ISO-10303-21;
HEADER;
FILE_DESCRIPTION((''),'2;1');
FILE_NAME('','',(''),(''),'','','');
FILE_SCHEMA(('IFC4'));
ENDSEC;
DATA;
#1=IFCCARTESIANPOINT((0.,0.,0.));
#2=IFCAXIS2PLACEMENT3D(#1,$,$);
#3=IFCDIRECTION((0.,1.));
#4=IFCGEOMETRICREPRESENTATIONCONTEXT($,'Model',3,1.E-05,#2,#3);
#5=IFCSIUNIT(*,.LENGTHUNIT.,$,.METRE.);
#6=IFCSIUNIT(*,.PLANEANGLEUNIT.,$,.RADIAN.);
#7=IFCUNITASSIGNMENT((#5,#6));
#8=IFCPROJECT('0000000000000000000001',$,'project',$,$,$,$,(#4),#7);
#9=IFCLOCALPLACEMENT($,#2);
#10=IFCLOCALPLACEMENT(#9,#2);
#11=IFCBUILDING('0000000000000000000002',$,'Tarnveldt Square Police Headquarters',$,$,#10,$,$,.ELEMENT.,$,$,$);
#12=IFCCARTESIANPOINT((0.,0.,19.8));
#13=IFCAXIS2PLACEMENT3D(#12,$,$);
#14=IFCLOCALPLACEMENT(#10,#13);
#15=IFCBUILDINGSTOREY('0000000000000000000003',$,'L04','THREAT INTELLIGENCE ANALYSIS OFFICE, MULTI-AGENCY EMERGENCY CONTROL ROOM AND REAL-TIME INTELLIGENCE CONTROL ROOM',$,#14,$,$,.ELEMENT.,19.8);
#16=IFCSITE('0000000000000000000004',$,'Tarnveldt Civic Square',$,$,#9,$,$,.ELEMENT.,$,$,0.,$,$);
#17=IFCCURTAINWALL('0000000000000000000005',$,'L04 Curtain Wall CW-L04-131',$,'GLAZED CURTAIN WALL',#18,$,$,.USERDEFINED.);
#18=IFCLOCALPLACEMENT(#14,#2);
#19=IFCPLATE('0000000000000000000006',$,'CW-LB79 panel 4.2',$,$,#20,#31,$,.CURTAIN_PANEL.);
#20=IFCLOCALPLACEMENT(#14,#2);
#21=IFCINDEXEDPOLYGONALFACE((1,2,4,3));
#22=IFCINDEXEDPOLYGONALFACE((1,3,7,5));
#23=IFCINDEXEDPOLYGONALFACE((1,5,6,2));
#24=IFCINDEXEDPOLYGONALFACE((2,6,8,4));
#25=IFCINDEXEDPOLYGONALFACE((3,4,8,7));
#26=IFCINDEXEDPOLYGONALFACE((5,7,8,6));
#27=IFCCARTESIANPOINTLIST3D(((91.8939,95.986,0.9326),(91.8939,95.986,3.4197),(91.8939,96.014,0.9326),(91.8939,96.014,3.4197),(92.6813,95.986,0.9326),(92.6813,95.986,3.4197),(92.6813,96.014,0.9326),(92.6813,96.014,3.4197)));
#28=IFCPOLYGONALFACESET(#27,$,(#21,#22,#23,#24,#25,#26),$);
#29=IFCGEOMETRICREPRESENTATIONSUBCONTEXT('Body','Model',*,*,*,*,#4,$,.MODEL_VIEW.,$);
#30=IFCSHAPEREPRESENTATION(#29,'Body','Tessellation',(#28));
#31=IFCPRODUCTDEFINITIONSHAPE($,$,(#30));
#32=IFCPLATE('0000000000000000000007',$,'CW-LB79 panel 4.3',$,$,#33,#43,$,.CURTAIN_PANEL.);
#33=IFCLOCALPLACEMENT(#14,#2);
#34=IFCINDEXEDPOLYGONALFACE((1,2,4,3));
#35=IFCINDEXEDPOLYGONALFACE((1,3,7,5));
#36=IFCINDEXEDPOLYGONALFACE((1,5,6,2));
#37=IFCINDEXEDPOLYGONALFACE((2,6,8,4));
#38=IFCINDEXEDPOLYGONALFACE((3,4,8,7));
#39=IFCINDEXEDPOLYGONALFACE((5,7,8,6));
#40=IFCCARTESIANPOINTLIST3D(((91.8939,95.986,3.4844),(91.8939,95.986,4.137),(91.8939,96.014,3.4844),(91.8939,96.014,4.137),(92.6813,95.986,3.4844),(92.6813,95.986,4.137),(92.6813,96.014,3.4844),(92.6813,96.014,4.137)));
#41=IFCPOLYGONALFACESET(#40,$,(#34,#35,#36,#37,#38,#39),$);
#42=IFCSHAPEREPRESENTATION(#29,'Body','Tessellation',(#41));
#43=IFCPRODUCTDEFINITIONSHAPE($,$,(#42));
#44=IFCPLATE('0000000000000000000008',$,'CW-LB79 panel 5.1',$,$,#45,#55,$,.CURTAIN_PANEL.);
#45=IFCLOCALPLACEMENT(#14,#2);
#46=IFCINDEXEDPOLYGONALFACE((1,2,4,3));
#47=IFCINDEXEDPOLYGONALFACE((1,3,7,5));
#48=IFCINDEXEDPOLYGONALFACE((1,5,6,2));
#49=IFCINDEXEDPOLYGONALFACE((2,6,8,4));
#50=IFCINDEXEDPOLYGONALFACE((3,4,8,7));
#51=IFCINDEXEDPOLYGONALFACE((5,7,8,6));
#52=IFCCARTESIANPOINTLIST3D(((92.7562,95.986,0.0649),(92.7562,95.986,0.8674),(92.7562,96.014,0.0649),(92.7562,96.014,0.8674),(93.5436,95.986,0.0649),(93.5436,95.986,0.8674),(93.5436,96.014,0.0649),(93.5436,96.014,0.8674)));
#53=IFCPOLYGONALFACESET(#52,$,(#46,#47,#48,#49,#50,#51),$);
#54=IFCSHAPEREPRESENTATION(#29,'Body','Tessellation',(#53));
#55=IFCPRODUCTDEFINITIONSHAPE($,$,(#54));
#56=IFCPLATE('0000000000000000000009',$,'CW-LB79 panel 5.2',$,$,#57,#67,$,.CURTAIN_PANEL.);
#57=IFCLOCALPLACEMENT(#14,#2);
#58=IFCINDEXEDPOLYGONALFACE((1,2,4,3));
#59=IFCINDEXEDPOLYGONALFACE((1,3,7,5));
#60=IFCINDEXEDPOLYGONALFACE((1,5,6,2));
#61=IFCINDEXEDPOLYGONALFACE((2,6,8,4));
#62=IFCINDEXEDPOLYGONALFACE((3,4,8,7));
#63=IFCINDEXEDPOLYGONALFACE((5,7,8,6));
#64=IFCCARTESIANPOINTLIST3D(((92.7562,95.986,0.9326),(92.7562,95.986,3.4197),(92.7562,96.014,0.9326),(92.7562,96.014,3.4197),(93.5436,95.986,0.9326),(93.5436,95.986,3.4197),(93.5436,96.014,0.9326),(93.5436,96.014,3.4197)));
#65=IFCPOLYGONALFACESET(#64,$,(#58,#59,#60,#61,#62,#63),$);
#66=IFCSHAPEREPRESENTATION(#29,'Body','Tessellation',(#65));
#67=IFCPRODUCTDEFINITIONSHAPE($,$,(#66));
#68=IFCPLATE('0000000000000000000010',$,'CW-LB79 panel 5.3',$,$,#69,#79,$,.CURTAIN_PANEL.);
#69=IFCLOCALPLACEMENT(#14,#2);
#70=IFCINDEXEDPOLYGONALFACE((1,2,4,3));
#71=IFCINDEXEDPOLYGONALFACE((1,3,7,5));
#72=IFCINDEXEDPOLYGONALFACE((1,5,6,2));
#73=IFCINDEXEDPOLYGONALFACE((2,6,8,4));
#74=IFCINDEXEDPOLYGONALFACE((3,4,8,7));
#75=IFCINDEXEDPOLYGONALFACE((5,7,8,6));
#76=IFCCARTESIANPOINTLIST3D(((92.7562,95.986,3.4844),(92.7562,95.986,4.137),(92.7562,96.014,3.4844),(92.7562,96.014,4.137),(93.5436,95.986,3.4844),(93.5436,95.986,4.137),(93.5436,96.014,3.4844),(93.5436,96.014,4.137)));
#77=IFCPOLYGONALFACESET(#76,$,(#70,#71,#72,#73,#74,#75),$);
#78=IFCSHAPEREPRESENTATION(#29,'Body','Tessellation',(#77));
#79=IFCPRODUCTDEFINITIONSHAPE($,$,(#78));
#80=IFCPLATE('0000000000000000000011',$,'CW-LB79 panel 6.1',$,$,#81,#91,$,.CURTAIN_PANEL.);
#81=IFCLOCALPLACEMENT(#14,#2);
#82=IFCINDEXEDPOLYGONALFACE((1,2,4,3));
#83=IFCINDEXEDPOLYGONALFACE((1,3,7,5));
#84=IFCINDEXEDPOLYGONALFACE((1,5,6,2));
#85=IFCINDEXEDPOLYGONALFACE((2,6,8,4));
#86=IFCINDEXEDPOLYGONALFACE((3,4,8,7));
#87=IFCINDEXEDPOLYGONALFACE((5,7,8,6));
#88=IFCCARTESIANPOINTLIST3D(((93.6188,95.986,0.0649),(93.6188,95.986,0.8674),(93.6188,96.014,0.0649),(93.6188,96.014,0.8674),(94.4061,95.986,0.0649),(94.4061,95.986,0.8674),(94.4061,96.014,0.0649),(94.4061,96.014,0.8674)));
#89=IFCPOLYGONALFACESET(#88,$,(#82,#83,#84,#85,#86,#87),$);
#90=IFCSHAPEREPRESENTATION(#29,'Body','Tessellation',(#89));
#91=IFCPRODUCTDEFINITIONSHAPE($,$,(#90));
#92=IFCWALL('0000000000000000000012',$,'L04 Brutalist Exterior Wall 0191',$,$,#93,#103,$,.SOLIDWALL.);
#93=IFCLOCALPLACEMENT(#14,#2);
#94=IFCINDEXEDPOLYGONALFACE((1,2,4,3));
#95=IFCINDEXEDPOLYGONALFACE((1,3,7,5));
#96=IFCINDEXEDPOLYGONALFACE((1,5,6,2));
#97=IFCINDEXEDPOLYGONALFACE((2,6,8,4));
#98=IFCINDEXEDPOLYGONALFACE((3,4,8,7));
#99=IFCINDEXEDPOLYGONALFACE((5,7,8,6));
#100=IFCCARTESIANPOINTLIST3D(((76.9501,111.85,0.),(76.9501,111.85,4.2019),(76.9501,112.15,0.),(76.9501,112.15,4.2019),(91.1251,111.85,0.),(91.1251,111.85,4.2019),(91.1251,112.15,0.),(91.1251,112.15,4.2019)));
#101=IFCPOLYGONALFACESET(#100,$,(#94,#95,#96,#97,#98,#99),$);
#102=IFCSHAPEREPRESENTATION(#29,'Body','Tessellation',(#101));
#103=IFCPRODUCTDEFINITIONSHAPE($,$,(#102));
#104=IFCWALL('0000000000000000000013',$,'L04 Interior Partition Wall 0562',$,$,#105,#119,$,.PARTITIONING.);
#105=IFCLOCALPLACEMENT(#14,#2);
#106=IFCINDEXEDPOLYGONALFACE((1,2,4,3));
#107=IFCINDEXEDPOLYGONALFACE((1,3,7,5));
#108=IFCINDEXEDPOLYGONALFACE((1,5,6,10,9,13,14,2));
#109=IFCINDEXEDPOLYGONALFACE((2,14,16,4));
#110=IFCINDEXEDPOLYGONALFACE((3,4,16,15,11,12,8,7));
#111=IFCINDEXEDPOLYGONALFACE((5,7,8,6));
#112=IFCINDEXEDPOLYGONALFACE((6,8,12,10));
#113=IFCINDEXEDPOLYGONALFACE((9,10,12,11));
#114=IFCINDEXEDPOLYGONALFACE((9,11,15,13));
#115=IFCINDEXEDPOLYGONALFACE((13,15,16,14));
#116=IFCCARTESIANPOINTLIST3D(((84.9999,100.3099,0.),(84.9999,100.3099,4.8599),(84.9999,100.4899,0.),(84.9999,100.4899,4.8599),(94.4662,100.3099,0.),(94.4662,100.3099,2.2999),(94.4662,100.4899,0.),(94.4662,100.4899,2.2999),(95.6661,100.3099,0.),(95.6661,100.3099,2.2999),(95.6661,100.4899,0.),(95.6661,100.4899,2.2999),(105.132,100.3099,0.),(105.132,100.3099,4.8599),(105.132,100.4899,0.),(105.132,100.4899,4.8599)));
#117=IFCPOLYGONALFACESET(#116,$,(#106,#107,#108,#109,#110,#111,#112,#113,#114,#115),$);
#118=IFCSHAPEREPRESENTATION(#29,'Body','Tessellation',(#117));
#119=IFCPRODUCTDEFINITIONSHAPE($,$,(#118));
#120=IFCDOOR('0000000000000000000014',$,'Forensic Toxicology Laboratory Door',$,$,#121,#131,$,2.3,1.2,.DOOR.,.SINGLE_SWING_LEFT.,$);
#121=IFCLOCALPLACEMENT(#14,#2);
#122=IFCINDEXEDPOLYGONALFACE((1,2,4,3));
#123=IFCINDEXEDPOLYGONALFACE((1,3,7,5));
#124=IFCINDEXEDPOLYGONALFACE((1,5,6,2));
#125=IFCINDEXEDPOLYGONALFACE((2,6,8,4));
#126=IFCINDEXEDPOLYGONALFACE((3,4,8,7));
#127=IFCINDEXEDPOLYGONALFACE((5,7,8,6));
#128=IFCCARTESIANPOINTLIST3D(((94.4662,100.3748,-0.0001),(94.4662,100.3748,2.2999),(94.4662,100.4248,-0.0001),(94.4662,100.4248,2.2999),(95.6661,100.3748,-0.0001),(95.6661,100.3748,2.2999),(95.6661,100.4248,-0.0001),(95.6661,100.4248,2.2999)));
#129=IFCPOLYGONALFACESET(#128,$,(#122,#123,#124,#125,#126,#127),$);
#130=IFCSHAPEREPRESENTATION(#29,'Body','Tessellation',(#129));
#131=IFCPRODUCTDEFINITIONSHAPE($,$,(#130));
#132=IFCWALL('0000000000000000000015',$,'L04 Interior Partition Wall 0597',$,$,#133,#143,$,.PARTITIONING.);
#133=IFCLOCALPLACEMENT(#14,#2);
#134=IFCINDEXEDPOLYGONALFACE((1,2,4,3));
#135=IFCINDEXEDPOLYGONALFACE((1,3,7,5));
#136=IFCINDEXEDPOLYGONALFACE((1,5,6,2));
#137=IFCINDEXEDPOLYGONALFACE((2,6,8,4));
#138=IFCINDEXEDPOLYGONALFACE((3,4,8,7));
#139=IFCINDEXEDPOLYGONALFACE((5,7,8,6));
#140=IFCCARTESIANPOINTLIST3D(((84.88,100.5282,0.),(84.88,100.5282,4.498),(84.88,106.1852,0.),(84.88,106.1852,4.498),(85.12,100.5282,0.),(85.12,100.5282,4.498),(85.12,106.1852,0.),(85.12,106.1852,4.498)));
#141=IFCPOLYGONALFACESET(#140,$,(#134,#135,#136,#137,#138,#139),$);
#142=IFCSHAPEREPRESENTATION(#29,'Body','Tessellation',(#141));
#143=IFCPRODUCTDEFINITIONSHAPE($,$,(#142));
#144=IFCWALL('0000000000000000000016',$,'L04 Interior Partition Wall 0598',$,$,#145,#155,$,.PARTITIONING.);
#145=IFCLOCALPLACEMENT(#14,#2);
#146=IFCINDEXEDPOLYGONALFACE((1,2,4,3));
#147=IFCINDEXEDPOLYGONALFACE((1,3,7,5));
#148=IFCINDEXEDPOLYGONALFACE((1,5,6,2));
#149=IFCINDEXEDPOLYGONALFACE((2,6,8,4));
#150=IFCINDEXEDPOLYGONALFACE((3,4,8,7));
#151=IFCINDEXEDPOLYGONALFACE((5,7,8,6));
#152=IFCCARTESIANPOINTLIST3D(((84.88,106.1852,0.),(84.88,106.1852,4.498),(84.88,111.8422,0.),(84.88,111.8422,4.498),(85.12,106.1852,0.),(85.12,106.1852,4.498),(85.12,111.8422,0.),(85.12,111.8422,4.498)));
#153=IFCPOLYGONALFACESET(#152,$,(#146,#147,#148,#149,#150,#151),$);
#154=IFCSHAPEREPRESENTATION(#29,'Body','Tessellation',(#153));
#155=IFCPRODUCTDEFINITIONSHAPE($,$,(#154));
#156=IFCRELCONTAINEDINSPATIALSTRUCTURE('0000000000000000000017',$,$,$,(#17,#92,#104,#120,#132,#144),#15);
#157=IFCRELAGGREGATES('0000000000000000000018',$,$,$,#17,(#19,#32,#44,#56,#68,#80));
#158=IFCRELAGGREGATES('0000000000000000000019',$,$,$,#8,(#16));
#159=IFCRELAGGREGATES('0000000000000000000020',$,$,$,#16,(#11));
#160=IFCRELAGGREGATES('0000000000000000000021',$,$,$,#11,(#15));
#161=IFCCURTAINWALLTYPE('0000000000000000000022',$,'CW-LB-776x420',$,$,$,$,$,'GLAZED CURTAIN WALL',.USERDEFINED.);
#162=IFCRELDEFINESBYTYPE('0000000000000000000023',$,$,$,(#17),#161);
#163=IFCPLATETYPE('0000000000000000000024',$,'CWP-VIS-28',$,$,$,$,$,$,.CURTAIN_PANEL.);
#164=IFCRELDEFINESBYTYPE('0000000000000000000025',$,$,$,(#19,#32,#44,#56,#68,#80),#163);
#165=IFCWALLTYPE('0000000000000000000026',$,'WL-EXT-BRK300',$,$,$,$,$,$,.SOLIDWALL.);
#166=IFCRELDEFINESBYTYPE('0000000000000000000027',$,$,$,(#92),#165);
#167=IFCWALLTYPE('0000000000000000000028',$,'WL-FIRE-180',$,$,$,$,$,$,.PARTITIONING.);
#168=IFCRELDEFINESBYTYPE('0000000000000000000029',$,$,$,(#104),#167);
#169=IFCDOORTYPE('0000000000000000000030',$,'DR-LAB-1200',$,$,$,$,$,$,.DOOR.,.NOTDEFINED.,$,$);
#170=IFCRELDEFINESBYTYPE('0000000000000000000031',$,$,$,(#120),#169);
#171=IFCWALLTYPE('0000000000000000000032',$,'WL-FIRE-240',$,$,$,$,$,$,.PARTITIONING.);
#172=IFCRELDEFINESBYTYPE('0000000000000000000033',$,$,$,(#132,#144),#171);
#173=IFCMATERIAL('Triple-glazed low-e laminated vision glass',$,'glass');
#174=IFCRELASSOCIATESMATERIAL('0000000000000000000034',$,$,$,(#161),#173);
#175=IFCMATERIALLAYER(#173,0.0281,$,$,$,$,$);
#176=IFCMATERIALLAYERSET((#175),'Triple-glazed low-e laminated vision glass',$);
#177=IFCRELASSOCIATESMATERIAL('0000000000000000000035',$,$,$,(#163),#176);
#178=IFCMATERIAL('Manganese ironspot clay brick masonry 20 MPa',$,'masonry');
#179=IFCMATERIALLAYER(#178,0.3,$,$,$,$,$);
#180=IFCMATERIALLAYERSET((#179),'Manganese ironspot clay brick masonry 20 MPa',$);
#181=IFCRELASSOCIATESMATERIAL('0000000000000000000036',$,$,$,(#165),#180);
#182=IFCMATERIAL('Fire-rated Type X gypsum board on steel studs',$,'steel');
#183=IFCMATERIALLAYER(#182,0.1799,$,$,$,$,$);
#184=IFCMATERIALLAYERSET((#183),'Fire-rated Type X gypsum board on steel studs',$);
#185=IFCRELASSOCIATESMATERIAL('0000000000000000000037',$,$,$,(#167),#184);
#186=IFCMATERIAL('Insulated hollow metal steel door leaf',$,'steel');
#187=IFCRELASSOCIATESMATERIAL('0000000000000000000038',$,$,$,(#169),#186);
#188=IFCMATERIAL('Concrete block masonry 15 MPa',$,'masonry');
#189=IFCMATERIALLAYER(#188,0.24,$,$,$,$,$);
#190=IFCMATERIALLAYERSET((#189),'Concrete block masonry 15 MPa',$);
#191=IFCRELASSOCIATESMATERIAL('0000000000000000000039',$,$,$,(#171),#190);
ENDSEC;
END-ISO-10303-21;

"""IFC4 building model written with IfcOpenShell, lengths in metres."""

from ifc_helpers import new_model, si_unit, direction, frame, frame_2d, origin, origin_2d, place, context, subcontext, project, spatial, rectangle, extrude, material, layer, layer_set, type_object, element, fill, aggregate, save


model = new_model("IFC4")

# Units and contexts
model_context = context("Model", 3, precision=1e-05, world=origin(), true_north=direction((0.0, 1.0)))
body_context = subcontext(model_context, "Body", "Model", "MODEL_VIEW")
ifc_project = project(units=[si_unit("LENGTHUNIT", "METRE"), si_unit("PLANEANGLEUNIT", "RADIAN")], contexts=[model_context])

# Site, building, storey
site_placement = place(None, origin())
site = spatial("IfcSite", under=ifc_project, at=site_placement, Name="Tarnveldt Civic Square", CompositionType="ELEMENT", RefElevation=0.0)
building_placement = place(site_placement, origin())
building = spatial("IfcBuilding", under=site, at=building_placement, Name="Tarnveldt Square Police Headquarters", CompositionType="ELEMENT")
storey_placement = place(building_placement, frame((0.0, 0.0, 19.8)))
storey = spatial("IfcBuildingStorey", under=building, at=storey_placement, Name="L04", Description="THREAT INTELLIGENCE ANALYSIS OFFICE, MULTI-AGENCY EMERGENCY CONTROL ROOM AND REAL-TIME INTELLIGENCE CONTROL ROOM", CompositionType="ELEMENT", Elevation=19.8)

# Curtain wall, plates
ifc_material_1 = material(Name="Triple-glazed low-e laminated vision glass", Category="glass")
curtain_wall_type = type_object("IfcCurtainWallType", Name="CW-LB-776x420", ElementType="GLAZED CURTAIN WALL", PredefinedType="USERDEFINED", material=ifc_material_1)
curtain_wall_placement = place(storey_placement, origin())
curtain_wall = element("IfcCurtainWall", 1, at=curtain_wall_placement, inside=storey, type_object=curtain_wall_type, Name="L04 Curtain Wall CW-L04-131", ObjectType="GLAZED CURTAIN WALL", PredefinedType="USERDEFINED")
ifc_layer_1 = layer(ifc_material_1, 0.0281)
ifc_layer_set_1 = layer_set([ifc_layer_1], Name="Triple-glazed low-e laminated vision glass")
plate_type = type_object("IfcPlateType", Name="CWP-VIS-28", PredefinedType="CURTAIN_PANEL", material=ifc_layer_set_1)
plate_1_placement = place(storey_placement, frame((92.2876, 96.0, 0.9326), z_axis=(0.0, 0.0, 1.0), x_axis=(1.0, 0.0, 0.0)))
plate_1 = element("IfcPlate", 2, at=plate_1_placement, type_object=plate_type, Name="CW-LB79 panel 4.2", PredefinedType="CURTAIN_PANEL", context=body_context, shape_type="SweptSolid", body=[
    extrude(rectangle(XDim=0.7874, YDim=0.0281, at=origin_2d()), origin(), (0.0, 0.0, 1.0), 2.4871),
])
plate_2_placement = place(storey_placement, frame((92.2876, 96.0, 3.4844), z_axis=(0.0, 0.0, 1.0), x_axis=(1.0, 0.0, 0.0)))
plate_2 = element("IfcPlate", 3, at=plate_2_placement, type_object=plate_type, Name="CW-LB79 panel 4.3", PredefinedType="CURTAIN_PANEL", context=body_context, shape_type="SweptSolid", body=[
    extrude(rectangle(XDim=0.7874, YDim=0.0281, at=origin_2d()), origin(), (0.0, 0.0, 1.0), 0.6526),
])
plate_3_placement = place(storey_placement, frame((93.1499, 96.0, 0.0649), z_axis=(0.0, 0.0, 1.0), x_axis=(1.0, 0.0, 0.0)))
plate_3 = element("IfcPlate", 4, at=plate_3_placement, type_object=plate_type, Name="CW-LB79 panel 5.1", PredefinedType="CURTAIN_PANEL", context=body_context, shape_type="SweptSolid", body=[
    extrude(rectangle(XDim=0.7874, YDim=0.0281, at=origin_2d()), origin(), (0.0, 0.0, 1.0), 0.8025),
])
plate_4_placement = place(storey_placement, frame((93.1499, 96.0, 0.9326), z_axis=(0.0, 0.0, 1.0), x_axis=(1.0, 0.0, 0.0)))
plate_4 = element("IfcPlate", 5, at=plate_4_placement, type_object=plate_type, Name="CW-LB79 panel 5.2", PredefinedType="CURTAIN_PANEL", context=body_context, shape_type="SweptSolid", body=[
    extrude(rectangle(XDim=0.7874, YDim=0.0281, at=origin_2d()), origin(), (0.0, 0.0, 1.0), 2.4871),
])
plate_5_placement = place(storey_placement, frame((93.1499, 96.0, 3.4844), z_axis=(0.0, 0.0, 1.0), x_axis=(1.0, 0.0, 0.0)))
plate_5 = element("IfcPlate", 6, at=plate_5_placement, type_object=plate_type, Name="CW-LB79 panel 5.3", PredefinedType="CURTAIN_PANEL", context=body_context, shape_type="SweptSolid", body=[
    extrude(rectangle(XDim=0.7874, YDim=0.0281, at=origin_2d()), origin(), (0.0, 0.0, 1.0), 0.6526),
])
plate_6_placement = place(storey_placement, frame((94.0125, 96.0, 0.0649), z_axis=(0.0, 0.0, 1.0), x_axis=(1.0, 0.0, 0.0)))
plate_6 = element("IfcPlate", 7, at=plate_6_placement, type_object=plate_type, Name="CW-LB79 panel 6.1", PredefinedType="CURTAIN_PANEL", context=body_context, shape_type="SweptSolid", body=[
    extrude(rectangle(XDim=0.7874, YDim=0.0281, at=origin_2d()), origin(), (0.0, 0.0, 1.0), 0.8025),
])
aggregate(curtain_wall, [plate_1, plate_2, plate_3, plate_4, plate_5, plate_6])

# Wall
ifc_material_2 = material(Name="Manganese ironspot clay brick masonry 20 MPa", Category="masonry")
ifc_layer_2 = layer(ifc_material_2, 0.3)
ifc_layer_set_2 = layer_set([ifc_layer_2], Name="Manganese ironspot clay brick masonry 20 MPa")
wall_type_1 = type_object("IfcWallType", Name="WL-EXT-BRK300", PredefinedType="SOLIDWALL", material=ifc_layer_set_2)
wall_1_placement = place(storey_placement, frame((91.125, 112.0, 0.0), z_axis=(0.0, 0.0, 1.0), x_axis=(-1.0, 0.0, 0.0)))
element("IfcWall", 8, at=wall_1_placement, inside=storey, type_object=wall_type_1, Name="L04 Brutalist Exterior Wall 0191", PredefinedType="SOLIDWALL", context=body_context, shape_type="SweptSolid", body=[
    extrude(rectangle(XDim=14.175, YDim=0.3, at=frame_2d((7.0874, 0.0))), origin(), (0.0, 0.0, 1.0), 4.2019),
])

# Wall, opening, door
ifc_material_3 = material(Name="Fire-rated Type X gypsum board on steel studs", Category="steel")
ifc_layer_3 = layer(ifc_material_3, 0.1799)
ifc_layer_set_3 = layer_set([ifc_layer_3], Name="Fire-rated Type X gypsum board on steel studs")
wall_type_2 = type_object("IfcWallType", Name="WL-FIRE-180", PredefinedType="PARTITIONING", material=ifc_layer_set_3)
wall_2_placement = place(storey_placement, frame((85.0, 100.3999, 0.0), z_axis=(0.0, 0.0, 1.0), x_axis=(1.0, 0.0, 0.0)))
wall_2 = element("IfcWall", 9, at=wall_2_placement, inside=storey, type_object=wall_type_2, Name="L04 Interior Partition Wall 0562", PredefinedType="PARTITIONING", context=body_context, shape_type="SweptSolid", body=[
    extrude(rectangle(XDim=20.1321, YDim=0.1799, at=frame_2d((10.0659, 0.0))), origin(), (0.0, 0.0, 1.0), 4.8599),
])
opening_placement = place(wall_2_placement, frame((9.4661, 0.0, 0.0)))
opening = element("IfcOpeningElement", 10, at=opening_placement, cuts=wall_2, PredefinedType="OPENING", context=body_context, shape_type="SweptSolid", body=[
    extrude(rectangle(XDim=1.2, YDim=2.3, at=frame_2d((0.6001, 1.1499))), frame((0.0, 0.0999, 0.0), z_axis=(0.0, -1.0, 0.0), x_axis=(1.0, 0.0, 0.0)), (0.0, 0.0, 1.0), 0.2),
])
ifc_material_4 = material(Name="Insulated hollow metal steel door leaf", Category="steel")
door_type = type_object("IfcDoorType", Name="DR-LAB-1200", OperationType="NOTDEFINED", PredefinedType="DOOR", material=ifc_material_4)
door_placement = place(opening_placement, origin())
door = element("IfcDoor", 11, at=door_placement, inside=storey, type_object=door_type, Name="Forensic Toxicology Laboratory Door", OperationType="SINGLE_SWING_LEFT", OverallHeight=2.3, OverallWidth=1.2, PredefinedType="DOOR", context=body_context, shape_type="SweptSolid", body=[
    extrude(rectangle(XDim=1.2, YDim=2.3, at=frame_2d((0.6001, 1.1499))), frame((0.0, 0.0249, 0.0), z_axis=(0.0, -1.0, 0.0), x_axis=(1.0, 0.0, 0.0)), (0.0, 0.0, 1.0), 0.05),
])
fill(opening, door)

# Walls
ifc_material_5 = material(Name="Concrete block masonry 15 MPa", Category="masonry")
ifc_layer_4 = layer(ifc_material_5, 0.24)
ifc_layer_set_4 = layer_set([ifc_layer_4], Name="Concrete block masonry 15 MPa")
wall_type_3 = type_object("IfcWallType", Name="WL-FIRE-240", PredefinedType="PARTITIONING", material=ifc_layer_set_4)
for number, where, z_axis, x_axis, name in (
    (12, (85.0, 100.5281, 0.0), (0.0, 0.0, 1.0), (0.0, 1.0, 0.0), "L04 Interior Partition Wall 0597"),
    (13, (85.0, 106.1851, 0.0), (0.0, 0.0, 1.0), (0.0, 1.0, 0.0), "L04 Interior Partition Wall 0598"),
):
    element("IfcWall", number, at=place(storey_placement, frame(where, z_axis=z_axis, x_axis=x_axis)), inside=storey, type_object=wall_type_3, Name=name, PredefinedType="PARTITIONING", context=body_context, shape_type="SweptSolid", body=[
        extrude(rectangle(XDim=5.657, YDim=0.24, at=frame_2d((2.8286, 0.0))), origin(), (0.0, 0.0, 1.0), 4.498),
    ])

save(model, "model.ifc")
